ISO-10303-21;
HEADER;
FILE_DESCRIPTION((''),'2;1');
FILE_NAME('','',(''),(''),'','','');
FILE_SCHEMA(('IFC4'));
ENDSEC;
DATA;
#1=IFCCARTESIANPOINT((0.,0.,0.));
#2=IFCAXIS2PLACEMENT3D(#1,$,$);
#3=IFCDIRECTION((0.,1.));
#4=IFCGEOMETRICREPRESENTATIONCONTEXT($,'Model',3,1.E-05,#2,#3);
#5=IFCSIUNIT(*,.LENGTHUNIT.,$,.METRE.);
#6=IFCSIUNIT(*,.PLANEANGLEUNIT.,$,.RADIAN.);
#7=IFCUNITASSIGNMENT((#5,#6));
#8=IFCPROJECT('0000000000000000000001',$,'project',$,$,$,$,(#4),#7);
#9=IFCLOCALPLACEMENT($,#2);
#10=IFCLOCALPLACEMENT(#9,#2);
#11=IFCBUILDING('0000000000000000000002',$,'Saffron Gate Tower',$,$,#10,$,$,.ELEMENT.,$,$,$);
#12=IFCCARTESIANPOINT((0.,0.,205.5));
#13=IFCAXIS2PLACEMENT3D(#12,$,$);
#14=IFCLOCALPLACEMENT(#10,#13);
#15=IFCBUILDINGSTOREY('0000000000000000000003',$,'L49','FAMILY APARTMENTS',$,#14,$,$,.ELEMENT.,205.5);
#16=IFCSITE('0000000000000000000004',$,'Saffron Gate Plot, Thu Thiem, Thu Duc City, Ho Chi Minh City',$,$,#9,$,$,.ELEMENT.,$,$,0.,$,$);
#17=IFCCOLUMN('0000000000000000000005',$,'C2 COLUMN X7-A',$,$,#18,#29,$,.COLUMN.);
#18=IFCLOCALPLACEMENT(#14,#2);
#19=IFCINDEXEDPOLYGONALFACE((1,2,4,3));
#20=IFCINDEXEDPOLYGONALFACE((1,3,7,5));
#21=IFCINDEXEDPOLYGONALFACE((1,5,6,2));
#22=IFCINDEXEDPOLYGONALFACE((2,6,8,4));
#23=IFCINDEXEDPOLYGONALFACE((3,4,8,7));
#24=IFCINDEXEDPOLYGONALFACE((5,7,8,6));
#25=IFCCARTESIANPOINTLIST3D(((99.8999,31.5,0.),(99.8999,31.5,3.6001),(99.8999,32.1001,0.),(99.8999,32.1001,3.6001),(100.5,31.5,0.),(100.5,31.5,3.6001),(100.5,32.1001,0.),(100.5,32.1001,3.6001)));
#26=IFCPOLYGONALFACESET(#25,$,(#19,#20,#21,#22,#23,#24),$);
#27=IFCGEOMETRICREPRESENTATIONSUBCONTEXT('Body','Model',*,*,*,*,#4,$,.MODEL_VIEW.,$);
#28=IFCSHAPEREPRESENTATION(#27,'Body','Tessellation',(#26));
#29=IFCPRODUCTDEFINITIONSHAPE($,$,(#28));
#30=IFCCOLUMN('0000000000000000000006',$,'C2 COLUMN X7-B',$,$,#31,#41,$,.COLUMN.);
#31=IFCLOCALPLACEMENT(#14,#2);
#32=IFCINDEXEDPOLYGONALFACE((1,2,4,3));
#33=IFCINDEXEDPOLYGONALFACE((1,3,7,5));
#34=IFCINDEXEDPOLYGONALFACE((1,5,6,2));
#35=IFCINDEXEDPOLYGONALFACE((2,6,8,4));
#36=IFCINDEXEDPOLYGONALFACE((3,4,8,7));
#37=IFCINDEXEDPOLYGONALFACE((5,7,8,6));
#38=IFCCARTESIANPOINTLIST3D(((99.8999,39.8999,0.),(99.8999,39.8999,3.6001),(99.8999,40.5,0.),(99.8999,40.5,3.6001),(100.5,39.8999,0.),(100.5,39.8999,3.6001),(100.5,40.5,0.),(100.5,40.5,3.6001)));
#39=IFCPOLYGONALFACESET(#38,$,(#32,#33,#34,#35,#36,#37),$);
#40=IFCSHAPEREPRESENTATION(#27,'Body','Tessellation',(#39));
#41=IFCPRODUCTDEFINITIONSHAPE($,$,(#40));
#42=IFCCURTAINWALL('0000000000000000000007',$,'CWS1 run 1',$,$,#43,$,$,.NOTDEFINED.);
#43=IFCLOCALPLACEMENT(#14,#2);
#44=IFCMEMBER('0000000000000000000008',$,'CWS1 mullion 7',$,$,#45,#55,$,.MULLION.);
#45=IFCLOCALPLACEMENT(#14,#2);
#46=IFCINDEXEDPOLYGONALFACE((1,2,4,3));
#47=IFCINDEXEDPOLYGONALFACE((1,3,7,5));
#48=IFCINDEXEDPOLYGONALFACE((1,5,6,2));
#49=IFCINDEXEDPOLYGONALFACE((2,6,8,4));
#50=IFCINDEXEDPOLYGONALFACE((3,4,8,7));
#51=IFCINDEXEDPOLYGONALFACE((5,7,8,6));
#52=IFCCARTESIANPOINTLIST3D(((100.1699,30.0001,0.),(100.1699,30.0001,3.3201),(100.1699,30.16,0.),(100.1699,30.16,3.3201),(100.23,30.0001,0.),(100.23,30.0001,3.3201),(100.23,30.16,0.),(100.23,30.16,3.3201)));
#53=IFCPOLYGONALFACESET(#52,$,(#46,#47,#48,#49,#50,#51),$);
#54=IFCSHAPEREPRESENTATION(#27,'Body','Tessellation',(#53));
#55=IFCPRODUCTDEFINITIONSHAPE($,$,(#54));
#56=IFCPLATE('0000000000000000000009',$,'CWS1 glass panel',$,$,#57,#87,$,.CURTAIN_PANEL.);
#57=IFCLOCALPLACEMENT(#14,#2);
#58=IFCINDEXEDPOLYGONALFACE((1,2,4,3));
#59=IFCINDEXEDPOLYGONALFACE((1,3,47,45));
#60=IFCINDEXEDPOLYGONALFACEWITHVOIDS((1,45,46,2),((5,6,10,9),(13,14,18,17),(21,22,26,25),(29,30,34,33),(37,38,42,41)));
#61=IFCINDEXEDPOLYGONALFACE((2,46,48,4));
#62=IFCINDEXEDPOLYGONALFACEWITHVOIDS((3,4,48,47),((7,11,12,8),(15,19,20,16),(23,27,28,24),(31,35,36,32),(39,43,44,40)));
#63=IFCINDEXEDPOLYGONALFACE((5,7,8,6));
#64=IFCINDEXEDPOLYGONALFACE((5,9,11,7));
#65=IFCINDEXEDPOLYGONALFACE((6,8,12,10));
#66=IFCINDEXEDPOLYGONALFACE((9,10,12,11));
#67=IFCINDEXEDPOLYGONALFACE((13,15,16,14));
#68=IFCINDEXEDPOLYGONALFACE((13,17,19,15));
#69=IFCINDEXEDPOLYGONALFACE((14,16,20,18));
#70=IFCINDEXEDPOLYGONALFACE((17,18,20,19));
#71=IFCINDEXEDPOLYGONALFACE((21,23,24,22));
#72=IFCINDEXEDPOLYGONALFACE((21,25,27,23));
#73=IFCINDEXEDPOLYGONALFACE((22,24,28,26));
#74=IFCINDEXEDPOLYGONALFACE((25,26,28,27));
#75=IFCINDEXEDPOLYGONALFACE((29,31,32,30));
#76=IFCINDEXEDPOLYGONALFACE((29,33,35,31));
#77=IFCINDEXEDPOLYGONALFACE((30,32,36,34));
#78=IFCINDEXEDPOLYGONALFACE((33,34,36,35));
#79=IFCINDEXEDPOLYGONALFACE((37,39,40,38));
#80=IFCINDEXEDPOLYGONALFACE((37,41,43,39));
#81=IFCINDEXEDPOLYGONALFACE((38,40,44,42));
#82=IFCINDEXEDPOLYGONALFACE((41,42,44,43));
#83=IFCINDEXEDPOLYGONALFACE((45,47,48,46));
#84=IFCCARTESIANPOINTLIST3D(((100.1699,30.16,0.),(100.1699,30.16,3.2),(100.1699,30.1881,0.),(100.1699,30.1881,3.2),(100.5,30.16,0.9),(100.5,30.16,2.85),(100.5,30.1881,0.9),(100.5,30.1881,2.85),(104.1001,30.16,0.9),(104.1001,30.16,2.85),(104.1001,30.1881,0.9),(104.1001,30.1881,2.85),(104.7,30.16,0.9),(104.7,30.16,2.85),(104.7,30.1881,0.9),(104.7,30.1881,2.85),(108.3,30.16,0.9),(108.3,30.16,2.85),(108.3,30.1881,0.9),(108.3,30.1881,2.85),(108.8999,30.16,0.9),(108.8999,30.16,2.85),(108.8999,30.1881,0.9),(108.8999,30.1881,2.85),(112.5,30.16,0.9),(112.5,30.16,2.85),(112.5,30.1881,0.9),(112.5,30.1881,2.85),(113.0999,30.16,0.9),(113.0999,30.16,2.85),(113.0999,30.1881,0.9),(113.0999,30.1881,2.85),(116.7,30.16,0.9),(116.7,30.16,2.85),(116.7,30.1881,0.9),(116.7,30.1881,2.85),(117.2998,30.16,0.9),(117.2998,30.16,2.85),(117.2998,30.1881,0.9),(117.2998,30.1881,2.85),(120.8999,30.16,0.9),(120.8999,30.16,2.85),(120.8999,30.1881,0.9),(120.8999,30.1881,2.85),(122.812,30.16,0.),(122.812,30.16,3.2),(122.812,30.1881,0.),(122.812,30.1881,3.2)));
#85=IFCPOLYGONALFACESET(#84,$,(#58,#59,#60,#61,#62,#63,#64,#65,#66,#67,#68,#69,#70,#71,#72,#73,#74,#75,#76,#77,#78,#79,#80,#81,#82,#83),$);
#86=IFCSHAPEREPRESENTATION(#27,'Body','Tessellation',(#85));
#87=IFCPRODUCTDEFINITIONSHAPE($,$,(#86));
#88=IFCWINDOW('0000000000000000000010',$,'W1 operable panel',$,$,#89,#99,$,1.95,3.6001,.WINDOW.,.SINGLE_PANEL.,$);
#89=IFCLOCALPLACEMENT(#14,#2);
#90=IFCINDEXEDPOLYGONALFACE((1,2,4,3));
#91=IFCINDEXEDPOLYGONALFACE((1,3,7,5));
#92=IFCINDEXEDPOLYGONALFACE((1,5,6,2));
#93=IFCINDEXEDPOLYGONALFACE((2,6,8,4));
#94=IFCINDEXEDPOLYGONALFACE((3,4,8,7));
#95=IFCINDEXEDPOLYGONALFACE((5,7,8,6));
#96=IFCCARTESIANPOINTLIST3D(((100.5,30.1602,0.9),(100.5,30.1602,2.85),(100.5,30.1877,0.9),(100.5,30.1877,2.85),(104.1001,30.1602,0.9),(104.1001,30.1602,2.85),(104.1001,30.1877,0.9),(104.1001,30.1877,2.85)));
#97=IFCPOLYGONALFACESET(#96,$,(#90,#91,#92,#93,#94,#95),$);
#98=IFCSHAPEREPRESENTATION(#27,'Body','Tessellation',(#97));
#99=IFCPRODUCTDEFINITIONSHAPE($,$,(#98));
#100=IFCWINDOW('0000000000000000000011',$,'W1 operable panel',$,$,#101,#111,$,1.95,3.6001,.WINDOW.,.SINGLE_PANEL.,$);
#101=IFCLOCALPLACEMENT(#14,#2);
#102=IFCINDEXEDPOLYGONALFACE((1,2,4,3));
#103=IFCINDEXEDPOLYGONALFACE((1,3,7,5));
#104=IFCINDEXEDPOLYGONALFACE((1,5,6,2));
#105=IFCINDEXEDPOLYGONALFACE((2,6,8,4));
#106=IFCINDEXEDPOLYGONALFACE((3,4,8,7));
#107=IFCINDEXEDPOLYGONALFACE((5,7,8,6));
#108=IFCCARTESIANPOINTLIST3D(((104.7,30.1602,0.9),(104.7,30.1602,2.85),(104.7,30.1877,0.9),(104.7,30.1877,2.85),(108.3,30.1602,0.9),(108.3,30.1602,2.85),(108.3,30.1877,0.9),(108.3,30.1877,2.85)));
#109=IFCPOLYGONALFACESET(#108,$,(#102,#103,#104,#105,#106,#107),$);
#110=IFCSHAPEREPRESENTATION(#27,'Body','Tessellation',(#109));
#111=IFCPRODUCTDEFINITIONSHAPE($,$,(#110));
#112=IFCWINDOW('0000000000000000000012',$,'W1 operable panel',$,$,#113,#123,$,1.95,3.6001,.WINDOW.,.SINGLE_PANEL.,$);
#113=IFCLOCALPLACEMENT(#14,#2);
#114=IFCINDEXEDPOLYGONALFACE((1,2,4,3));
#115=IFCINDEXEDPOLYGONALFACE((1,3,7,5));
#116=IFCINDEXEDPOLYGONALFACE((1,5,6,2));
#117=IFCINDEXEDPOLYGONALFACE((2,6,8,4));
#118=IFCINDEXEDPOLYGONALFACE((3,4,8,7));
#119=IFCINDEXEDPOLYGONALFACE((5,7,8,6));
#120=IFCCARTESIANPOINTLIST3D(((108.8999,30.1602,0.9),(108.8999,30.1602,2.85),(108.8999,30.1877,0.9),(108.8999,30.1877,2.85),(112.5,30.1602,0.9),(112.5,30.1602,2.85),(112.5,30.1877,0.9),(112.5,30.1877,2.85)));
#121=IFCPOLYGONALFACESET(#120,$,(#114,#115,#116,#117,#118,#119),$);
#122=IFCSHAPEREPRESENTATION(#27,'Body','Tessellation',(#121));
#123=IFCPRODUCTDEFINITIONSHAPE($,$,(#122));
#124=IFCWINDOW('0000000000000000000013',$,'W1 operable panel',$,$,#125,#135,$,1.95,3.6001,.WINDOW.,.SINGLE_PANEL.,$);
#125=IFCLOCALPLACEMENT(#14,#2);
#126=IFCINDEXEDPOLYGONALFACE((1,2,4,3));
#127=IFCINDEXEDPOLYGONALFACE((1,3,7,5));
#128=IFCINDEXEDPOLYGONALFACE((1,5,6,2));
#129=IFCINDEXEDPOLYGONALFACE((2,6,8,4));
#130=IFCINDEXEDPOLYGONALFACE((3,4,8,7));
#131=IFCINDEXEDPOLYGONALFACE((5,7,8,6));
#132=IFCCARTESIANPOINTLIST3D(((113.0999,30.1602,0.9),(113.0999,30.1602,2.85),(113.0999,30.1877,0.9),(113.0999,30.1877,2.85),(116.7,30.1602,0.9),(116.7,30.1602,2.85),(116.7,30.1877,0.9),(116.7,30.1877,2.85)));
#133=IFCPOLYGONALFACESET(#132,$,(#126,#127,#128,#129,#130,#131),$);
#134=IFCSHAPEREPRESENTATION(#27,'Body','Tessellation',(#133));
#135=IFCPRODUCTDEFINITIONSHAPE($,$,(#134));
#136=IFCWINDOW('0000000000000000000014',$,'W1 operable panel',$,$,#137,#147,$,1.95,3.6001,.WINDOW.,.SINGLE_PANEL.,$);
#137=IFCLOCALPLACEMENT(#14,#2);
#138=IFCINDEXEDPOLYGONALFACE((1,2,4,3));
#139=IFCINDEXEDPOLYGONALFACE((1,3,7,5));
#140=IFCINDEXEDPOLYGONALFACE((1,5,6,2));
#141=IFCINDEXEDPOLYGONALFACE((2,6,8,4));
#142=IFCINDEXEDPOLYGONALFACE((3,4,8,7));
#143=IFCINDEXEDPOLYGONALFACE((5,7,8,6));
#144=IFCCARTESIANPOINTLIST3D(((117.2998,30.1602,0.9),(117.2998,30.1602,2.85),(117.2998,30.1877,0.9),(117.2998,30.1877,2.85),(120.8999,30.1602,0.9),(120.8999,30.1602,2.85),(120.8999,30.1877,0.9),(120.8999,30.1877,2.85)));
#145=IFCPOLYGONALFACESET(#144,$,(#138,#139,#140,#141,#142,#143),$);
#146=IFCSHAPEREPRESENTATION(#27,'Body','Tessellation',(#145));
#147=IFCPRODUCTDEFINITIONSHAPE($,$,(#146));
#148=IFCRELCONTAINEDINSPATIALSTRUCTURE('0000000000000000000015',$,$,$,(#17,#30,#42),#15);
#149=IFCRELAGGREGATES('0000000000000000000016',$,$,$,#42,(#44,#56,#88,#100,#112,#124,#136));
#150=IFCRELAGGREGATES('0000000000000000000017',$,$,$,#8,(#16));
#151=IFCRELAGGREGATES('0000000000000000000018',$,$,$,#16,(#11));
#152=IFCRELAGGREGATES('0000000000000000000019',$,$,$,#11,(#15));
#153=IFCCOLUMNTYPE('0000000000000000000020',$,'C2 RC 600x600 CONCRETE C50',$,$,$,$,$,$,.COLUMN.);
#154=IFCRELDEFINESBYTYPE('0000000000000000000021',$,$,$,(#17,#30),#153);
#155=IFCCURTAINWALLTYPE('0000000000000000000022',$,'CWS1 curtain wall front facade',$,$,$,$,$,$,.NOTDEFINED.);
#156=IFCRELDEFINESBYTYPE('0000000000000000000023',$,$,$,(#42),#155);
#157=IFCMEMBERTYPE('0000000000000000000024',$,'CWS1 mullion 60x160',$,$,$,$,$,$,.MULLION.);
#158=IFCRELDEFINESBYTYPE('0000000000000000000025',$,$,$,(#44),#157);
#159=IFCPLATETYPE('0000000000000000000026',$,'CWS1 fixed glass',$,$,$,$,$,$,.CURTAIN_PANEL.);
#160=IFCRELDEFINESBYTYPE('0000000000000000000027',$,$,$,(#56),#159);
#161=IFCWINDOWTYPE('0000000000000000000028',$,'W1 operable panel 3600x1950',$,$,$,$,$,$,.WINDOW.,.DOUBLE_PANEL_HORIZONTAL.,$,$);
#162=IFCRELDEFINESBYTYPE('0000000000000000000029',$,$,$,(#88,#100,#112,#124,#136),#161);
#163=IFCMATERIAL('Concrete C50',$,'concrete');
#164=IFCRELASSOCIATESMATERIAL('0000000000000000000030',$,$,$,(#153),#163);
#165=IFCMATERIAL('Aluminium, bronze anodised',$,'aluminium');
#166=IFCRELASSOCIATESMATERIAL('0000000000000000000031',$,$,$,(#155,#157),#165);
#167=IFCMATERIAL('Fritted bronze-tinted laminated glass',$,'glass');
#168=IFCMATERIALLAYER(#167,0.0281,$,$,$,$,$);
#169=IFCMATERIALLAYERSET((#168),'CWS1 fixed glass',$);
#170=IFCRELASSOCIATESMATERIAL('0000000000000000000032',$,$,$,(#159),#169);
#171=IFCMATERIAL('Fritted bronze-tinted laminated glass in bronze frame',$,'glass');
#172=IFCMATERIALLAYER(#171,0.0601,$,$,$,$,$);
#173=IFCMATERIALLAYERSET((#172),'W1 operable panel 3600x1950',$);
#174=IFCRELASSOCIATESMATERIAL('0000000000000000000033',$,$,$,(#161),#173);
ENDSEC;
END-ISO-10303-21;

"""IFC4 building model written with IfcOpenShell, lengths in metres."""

from ifc_helpers import new_model, si_unit, direction, frame, frame_2d, origin, origin_2d, place, context, subcontext, project, spatial, rectangle, extrude, material, layer, layer_set, material_profile, profile_set, type_object, element, fill, aggregate, save


model = new_model("IFC4")

# Units and contexts
model_context = context("Model", 3, precision=1e-05, world=origin(), true_north=direction((0.0, 1.0)))
body_context = subcontext(model_context, "Body", "Model", "MODEL_VIEW")
ifc_project = project(units=[si_unit("LENGTHUNIT", "METRE"), si_unit("PLANEANGLEUNIT", "RADIAN")], contexts=[model_context])

# Site, building, storey
site_placement = place(None, origin())
site = spatial("IfcSite", under=ifc_project, at=site_placement, Name="Saffron Gate Plot, Thu Thiem, Thu Duc City, Ho Chi Minh City", CompositionType="ELEMENT", RefElevation=0.0)
building_placement = place(site_placement, origin())
building = spatial("IfcBuilding", under=site, at=building_placement, Name="Saffron Gate Tower", CompositionType="ELEMENT")
storey_placement = place(building_placement, frame((0.0, 0.0, 205.5)))
storey = spatial("IfcBuildingStorey", under=building, at=storey_placement, Name="L49", Description="FAMILY APARTMENTS", CompositionType="ELEMENT", Elevation=205.5)

# Columns
ifc_material_1 = material(Name="Concrete C50", Category="concrete")
ifc_material_profile_1 = material_profile(ifc_material_1, rectangle(XDim=0.6001, YDim=0.6001, at=origin_2d()))
ifc_profile_set_1 = profile_set([ifc_material_profile_1], Name="Concrete C50")
column_type = type_object("IfcColumnType", Name="C2 RC 600x600 CONCRETE C50", PredefinedType="COLUMN", material=ifc_profile_set_1)
for number, where, z_axis, x_axis, name in (
    (1, (100.2, 31.8, 0.0), (0.0, 0.0, 1.0), (1.0, 0.0, 0.0), "C2 COLUMN X7-A"),
    (2, (100.2, 40.2, 0.0), (0.0, 0.0, 1.0), (1.0, 0.0, 0.0), "C2 COLUMN X7-B"),
):
    element("IfcColumn", number, at=place(storey_placement, frame(where, z_axis=z_axis, x_axis=x_axis)), inside=storey, type_object=column_type, Name=name, PredefinedType="COLUMN", context=body_context, shape_type="SweptSolid", body=[
        extrude(rectangle(XDim=0.6001, YDim=0.6001, at=origin_2d()), origin(), (0.0, 0.0, 1.0), 3.6001),
    ])

# Curtain wall, member, plate, openings, windows
ifc_material_2 = material(Name="Aluminium, bronze anodised", Category="aluminium")
curtain_wall_type = type_object("IfcCurtainWallType", Name="CWS1 curtain wall front facade", PredefinedType="NOTDEFINED", material=ifc_material_2)
curtain_wall_placement = place(storey_placement, origin())
curtain_wall = element("IfcCurtainWall", 3, at=curtain_wall_placement, inside=storey, type_object=curtain_wall_type, Name="CWS1 run 1", PredefinedType="NOTDEFINED")
ifc_material_profile_2 = material_profile(ifc_material_2, rectangle(XDim=0.1599, YDim=0.0601, at=origin_2d()))
ifc_profile_set_2 = profile_set([ifc_material_profile_2], Name="Aluminium, bronze anodised")
member_type = type_object("IfcMemberType", Name="CWS1 mullion 60x160", PredefinedType="MULLION", material=ifc_profile_set_2)
member_placement = place(storey_placement, frame((100.2, 30.0801, 0.0), z_axis=(0.0, 0.0, 1.0), x_axis=(0.0, 1.0, 0.0)))
member = element("IfcMember", 4, at=member_placement, type_object=member_type, Name="CWS1 mullion 7", PredefinedType="MULLION", context=body_context, shape_type="SweptSolid", body=[
    extrude(rectangle(XDim=0.1599, YDim=0.0601, at=origin_2d()), origin(), (0.0, 0.0, 1.0), 3.3201),
])
ifc_material_3 = material(Name="Fritted bronze-tinted laminated glass", Category="glass")
ifc_layer_1 = layer(ifc_material_3, 0.0281)
ifc_layer_set_1 = layer_set([ifc_layer_1], Name="CWS1 fixed glass")
plate_type = type_object("IfcPlateType", Name="CWS1 fixed glass", PredefinedType="CURTAIN_PANEL", material=ifc_layer_set_1)
plate_placement = place(storey_placement, frame((100.1699, 30.1741, 0.0), z_axis=(0.0, 0.0, 1.0), x_axis=(1.0, 0.0, 0.0)))
plate = element("IfcPlate", 5, at=plate_placement, type_object=plate_type, Name="CWS1 glass panel", PredefinedType="CURTAIN_PANEL", context=body_context, shape_type="SweptSolid", body=[
    extrude(rectangle(XDim=22.6421, YDim=0.0281, at=frame_2d((11.321, 0.0))), origin(), (0.0, 0.0, 1.0), 3.2),
])
opening_1_placement = place(plate_placement, frame((0.3301, 0.0, 0.8999)))
opening_1 = element("IfcOpeningElement", 6, at=opening_1_placement, cuts=plate, PredefinedType="OPENING", context=body_context, shape_type="SweptSolid", body=[
    extrude(rectangle(XDim=3.6001, YDim=1.95, at=frame_2d((1.8, 0.9751))), frame((0.0, 0.0239, 0.0), z_axis=(0.0, -1.0, 0.0), x_axis=(1.0, 0.0, 0.0)), (0.0, 0.0, 1.0), 0.0481),
])
opening_2_placement = place(plate_placement, frame((4.53, 0.0, 0.8999)))
opening_2 = element("IfcOpeningElement", 7, at=opening_2_placement, cuts=plate, PredefinedType="OPENING", context=body_context, shape_type="SweptSolid", body=[
    extrude(rectangle(XDim=3.6001, YDim=1.95, at=frame_2d((1.8, 0.9751))), frame((0.0, 0.0239, 0.0), z_axis=(0.0, -1.0, 0.0), x_axis=(1.0, 0.0, 0.0)), (0.0, 0.0, 1.0), 0.0481),
])
opening_3_placement = place(plate_placement, frame((8.73, 0.0, 0.8999)))
opening_3 = element("IfcOpeningElement", 8, at=opening_3_placement, cuts=plate, PredefinedType="OPENING", context=body_context, shape_type="SweptSolid", body=[
    extrude(rectangle(XDim=3.6001, YDim=1.95, at=frame_2d((1.8, 0.9751))), frame((0.0, 0.0239, 0.0), z_axis=(0.0, -1.0, 0.0), x_axis=(1.0, 0.0, 0.0)), (0.0, 0.0, 1.0), 0.0481),
])
opening_4_placement = place(plate_placement, frame((12.9299, 0.0, 0.8999)))
opening_4 = element("IfcOpeningElement", 9, at=opening_4_placement, cuts=plate, PredefinedType="OPENING", context=body_context, shape_type="SweptSolid", body=[
    extrude(rectangle(XDim=3.6001, YDim=1.95, at=frame_2d((1.8, 0.9751))), frame((0.0, 0.0239, 0.0), z_axis=(0.0, -1.0, 0.0), x_axis=(1.0, 0.0, 0.0)), (0.0, 0.0, 1.0), 0.0481),
])
opening_5_placement = place(plate_placement, frame((17.1299, 0.0, 0.8999)))
opening_5 = element("IfcOpeningElement", 10, at=opening_5_placement, cuts=plate, PredefinedType="OPENING", context=body_context, shape_type="SweptSolid", body=[
    extrude(rectangle(XDim=3.6001, YDim=1.95, at=frame_2d((1.8, 0.9751))), frame((0.0, 0.0239, 0.0), z_axis=(0.0, -1.0, 0.0), x_axis=(1.0, 0.0, 0.0)), (0.0, 0.0, 1.0), 0.0481),
])
ifc_material_4 = material(Name="Fritted bronze-tinted laminated glass in bronze frame", Category="glass")
ifc_layer_2 = layer(ifc_material_4, 0.0601)
ifc_layer_set_2 = layer_set([ifc_layer_2], Name="W1 operable panel 3600x1950")
window_type = type_object("IfcWindowType", Name="W1 operable panel 3600x1950", PartitioningType="DOUBLE_PANEL_HORIZONTAL", PredefinedType="WINDOW", material=ifc_layer_set_2)
window_1_placement = place(opening_1_placement, origin())
window_1 = element("IfcWindow", 11, at=window_1_placement, type_object=window_type, Name="W1 operable panel", OverallHeight=1.95, OverallWidth=3.6001, PartitioningType="SINGLE_PANEL", PredefinedType="WINDOW", context=body_context, shape_type="SweptSolid", body=[
    extrude(rectangle(XDim=3.6001, YDim=1.95, at=frame_2d((1.8, 0.9751))), frame((0.0, 0.0137, 0.0), z_axis=(0.0, -1.0, 0.0), x_axis=(1.0, 0.0, 0.0)), (0.0, 0.0, 1.0), 0.0276),
])
fill(opening_1, window_1)
window_2_placement = place(opening_2_placement, origin())
window_2 = element("IfcWindow", 12, at=window_2_placement, type_object=window_type, Name="W1 operable panel", OverallHeight=1.95, OverallWidth=3.6001, PartitioningType="SINGLE_PANEL", PredefinedType="WINDOW", context=body_context, shape_type="SweptSolid", body=[
    extrude(rectangle(XDim=3.6001, YDim=1.95, at=frame_2d((1.8, 0.9751))), frame((0.0, 0.0137, 0.0), z_axis=(0.0, -1.0, 0.0), x_axis=(1.0, 0.0, 0.0)), (0.0, 0.0, 1.0), 0.0276),
])
fill(opening_2, window_2)
window_3_placement = place(opening_3_placement, origin())
window_3 = element("IfcWindow", 13, at=window_3_placement, type_object=window_type, Name="W1 operable panel", OverallHeight=1.95, OverallWidth=3.6001, PartitioningType="SINGLE_PANEL", PredefinedType="WINDOW", context=body_context, shape_type="SweptSolid", body=[
    extrude(rectangle(XDim=3.6001, YDim=1.95, at=frame_2d((1.8, 0.9751))), frame((0.0, 0.0137, 0.0), z_axis=(0.0, -1.0, 0.0), x_axis=(1.0, 0.0, 0.0)), (0.0, 0.0, 1.0), 0.0276),
])
fill(opening_3, window_3)
window_4_placement = place(opening_4_placement, origin())
window_4 = element("IfcWindow", 14, at=window_4_placement, type_object=window_type, Name="W1 operable panel", OverallHeight=1.95, OverallWidth=3.6001, PartitioningType="SINGLE_PANEL", PredefinedType="WINDOW", context=body_context, shape_type="SweptSolid", body=[
    extrude(rectangle(XDim=3.6001, YDim=1.95, at=frame_2d((1.8, 0.9751))), frame((0.0, 0.0137, 0.0), z_axis=(0.0, -1.0, 0.0), x_axis=(1.0, 0.0, 0.0)), (0.0, 0.0, 1.0), 0.0276),
])
fill(opening_4, window_4)
window_5_placement = place(opening_5_placement, origin())
window_5 = element("IfcWindow", 15, at=window_5_placement, type_object=window_type, Name="W1 operable panel", OverallHeight=1.95, OverallWidth=3.6001, PartitioningType="SINGLE_PANEL", PredefinedType="WINDOW", context=body_context, shape_type="SweptSolid", body=[
    extrude(rectangle(XDim=3.6001, YDim=1.95, at=frame_2d((1.8, 0.9751))), frame((0.0, 0.0137, 0.0), z_axis=(0.0, -1.0, 0.0), x_axis=(1.0, 0.0, 0.0)), (0.0, 0.0, 1.0), 0.0276),
])
fill(opening_5, window_5)
aggregate(curtain_wall, [member, plate, window_1, window_2, window_3, window_4, window_5])

save(model, "model.ifc")
